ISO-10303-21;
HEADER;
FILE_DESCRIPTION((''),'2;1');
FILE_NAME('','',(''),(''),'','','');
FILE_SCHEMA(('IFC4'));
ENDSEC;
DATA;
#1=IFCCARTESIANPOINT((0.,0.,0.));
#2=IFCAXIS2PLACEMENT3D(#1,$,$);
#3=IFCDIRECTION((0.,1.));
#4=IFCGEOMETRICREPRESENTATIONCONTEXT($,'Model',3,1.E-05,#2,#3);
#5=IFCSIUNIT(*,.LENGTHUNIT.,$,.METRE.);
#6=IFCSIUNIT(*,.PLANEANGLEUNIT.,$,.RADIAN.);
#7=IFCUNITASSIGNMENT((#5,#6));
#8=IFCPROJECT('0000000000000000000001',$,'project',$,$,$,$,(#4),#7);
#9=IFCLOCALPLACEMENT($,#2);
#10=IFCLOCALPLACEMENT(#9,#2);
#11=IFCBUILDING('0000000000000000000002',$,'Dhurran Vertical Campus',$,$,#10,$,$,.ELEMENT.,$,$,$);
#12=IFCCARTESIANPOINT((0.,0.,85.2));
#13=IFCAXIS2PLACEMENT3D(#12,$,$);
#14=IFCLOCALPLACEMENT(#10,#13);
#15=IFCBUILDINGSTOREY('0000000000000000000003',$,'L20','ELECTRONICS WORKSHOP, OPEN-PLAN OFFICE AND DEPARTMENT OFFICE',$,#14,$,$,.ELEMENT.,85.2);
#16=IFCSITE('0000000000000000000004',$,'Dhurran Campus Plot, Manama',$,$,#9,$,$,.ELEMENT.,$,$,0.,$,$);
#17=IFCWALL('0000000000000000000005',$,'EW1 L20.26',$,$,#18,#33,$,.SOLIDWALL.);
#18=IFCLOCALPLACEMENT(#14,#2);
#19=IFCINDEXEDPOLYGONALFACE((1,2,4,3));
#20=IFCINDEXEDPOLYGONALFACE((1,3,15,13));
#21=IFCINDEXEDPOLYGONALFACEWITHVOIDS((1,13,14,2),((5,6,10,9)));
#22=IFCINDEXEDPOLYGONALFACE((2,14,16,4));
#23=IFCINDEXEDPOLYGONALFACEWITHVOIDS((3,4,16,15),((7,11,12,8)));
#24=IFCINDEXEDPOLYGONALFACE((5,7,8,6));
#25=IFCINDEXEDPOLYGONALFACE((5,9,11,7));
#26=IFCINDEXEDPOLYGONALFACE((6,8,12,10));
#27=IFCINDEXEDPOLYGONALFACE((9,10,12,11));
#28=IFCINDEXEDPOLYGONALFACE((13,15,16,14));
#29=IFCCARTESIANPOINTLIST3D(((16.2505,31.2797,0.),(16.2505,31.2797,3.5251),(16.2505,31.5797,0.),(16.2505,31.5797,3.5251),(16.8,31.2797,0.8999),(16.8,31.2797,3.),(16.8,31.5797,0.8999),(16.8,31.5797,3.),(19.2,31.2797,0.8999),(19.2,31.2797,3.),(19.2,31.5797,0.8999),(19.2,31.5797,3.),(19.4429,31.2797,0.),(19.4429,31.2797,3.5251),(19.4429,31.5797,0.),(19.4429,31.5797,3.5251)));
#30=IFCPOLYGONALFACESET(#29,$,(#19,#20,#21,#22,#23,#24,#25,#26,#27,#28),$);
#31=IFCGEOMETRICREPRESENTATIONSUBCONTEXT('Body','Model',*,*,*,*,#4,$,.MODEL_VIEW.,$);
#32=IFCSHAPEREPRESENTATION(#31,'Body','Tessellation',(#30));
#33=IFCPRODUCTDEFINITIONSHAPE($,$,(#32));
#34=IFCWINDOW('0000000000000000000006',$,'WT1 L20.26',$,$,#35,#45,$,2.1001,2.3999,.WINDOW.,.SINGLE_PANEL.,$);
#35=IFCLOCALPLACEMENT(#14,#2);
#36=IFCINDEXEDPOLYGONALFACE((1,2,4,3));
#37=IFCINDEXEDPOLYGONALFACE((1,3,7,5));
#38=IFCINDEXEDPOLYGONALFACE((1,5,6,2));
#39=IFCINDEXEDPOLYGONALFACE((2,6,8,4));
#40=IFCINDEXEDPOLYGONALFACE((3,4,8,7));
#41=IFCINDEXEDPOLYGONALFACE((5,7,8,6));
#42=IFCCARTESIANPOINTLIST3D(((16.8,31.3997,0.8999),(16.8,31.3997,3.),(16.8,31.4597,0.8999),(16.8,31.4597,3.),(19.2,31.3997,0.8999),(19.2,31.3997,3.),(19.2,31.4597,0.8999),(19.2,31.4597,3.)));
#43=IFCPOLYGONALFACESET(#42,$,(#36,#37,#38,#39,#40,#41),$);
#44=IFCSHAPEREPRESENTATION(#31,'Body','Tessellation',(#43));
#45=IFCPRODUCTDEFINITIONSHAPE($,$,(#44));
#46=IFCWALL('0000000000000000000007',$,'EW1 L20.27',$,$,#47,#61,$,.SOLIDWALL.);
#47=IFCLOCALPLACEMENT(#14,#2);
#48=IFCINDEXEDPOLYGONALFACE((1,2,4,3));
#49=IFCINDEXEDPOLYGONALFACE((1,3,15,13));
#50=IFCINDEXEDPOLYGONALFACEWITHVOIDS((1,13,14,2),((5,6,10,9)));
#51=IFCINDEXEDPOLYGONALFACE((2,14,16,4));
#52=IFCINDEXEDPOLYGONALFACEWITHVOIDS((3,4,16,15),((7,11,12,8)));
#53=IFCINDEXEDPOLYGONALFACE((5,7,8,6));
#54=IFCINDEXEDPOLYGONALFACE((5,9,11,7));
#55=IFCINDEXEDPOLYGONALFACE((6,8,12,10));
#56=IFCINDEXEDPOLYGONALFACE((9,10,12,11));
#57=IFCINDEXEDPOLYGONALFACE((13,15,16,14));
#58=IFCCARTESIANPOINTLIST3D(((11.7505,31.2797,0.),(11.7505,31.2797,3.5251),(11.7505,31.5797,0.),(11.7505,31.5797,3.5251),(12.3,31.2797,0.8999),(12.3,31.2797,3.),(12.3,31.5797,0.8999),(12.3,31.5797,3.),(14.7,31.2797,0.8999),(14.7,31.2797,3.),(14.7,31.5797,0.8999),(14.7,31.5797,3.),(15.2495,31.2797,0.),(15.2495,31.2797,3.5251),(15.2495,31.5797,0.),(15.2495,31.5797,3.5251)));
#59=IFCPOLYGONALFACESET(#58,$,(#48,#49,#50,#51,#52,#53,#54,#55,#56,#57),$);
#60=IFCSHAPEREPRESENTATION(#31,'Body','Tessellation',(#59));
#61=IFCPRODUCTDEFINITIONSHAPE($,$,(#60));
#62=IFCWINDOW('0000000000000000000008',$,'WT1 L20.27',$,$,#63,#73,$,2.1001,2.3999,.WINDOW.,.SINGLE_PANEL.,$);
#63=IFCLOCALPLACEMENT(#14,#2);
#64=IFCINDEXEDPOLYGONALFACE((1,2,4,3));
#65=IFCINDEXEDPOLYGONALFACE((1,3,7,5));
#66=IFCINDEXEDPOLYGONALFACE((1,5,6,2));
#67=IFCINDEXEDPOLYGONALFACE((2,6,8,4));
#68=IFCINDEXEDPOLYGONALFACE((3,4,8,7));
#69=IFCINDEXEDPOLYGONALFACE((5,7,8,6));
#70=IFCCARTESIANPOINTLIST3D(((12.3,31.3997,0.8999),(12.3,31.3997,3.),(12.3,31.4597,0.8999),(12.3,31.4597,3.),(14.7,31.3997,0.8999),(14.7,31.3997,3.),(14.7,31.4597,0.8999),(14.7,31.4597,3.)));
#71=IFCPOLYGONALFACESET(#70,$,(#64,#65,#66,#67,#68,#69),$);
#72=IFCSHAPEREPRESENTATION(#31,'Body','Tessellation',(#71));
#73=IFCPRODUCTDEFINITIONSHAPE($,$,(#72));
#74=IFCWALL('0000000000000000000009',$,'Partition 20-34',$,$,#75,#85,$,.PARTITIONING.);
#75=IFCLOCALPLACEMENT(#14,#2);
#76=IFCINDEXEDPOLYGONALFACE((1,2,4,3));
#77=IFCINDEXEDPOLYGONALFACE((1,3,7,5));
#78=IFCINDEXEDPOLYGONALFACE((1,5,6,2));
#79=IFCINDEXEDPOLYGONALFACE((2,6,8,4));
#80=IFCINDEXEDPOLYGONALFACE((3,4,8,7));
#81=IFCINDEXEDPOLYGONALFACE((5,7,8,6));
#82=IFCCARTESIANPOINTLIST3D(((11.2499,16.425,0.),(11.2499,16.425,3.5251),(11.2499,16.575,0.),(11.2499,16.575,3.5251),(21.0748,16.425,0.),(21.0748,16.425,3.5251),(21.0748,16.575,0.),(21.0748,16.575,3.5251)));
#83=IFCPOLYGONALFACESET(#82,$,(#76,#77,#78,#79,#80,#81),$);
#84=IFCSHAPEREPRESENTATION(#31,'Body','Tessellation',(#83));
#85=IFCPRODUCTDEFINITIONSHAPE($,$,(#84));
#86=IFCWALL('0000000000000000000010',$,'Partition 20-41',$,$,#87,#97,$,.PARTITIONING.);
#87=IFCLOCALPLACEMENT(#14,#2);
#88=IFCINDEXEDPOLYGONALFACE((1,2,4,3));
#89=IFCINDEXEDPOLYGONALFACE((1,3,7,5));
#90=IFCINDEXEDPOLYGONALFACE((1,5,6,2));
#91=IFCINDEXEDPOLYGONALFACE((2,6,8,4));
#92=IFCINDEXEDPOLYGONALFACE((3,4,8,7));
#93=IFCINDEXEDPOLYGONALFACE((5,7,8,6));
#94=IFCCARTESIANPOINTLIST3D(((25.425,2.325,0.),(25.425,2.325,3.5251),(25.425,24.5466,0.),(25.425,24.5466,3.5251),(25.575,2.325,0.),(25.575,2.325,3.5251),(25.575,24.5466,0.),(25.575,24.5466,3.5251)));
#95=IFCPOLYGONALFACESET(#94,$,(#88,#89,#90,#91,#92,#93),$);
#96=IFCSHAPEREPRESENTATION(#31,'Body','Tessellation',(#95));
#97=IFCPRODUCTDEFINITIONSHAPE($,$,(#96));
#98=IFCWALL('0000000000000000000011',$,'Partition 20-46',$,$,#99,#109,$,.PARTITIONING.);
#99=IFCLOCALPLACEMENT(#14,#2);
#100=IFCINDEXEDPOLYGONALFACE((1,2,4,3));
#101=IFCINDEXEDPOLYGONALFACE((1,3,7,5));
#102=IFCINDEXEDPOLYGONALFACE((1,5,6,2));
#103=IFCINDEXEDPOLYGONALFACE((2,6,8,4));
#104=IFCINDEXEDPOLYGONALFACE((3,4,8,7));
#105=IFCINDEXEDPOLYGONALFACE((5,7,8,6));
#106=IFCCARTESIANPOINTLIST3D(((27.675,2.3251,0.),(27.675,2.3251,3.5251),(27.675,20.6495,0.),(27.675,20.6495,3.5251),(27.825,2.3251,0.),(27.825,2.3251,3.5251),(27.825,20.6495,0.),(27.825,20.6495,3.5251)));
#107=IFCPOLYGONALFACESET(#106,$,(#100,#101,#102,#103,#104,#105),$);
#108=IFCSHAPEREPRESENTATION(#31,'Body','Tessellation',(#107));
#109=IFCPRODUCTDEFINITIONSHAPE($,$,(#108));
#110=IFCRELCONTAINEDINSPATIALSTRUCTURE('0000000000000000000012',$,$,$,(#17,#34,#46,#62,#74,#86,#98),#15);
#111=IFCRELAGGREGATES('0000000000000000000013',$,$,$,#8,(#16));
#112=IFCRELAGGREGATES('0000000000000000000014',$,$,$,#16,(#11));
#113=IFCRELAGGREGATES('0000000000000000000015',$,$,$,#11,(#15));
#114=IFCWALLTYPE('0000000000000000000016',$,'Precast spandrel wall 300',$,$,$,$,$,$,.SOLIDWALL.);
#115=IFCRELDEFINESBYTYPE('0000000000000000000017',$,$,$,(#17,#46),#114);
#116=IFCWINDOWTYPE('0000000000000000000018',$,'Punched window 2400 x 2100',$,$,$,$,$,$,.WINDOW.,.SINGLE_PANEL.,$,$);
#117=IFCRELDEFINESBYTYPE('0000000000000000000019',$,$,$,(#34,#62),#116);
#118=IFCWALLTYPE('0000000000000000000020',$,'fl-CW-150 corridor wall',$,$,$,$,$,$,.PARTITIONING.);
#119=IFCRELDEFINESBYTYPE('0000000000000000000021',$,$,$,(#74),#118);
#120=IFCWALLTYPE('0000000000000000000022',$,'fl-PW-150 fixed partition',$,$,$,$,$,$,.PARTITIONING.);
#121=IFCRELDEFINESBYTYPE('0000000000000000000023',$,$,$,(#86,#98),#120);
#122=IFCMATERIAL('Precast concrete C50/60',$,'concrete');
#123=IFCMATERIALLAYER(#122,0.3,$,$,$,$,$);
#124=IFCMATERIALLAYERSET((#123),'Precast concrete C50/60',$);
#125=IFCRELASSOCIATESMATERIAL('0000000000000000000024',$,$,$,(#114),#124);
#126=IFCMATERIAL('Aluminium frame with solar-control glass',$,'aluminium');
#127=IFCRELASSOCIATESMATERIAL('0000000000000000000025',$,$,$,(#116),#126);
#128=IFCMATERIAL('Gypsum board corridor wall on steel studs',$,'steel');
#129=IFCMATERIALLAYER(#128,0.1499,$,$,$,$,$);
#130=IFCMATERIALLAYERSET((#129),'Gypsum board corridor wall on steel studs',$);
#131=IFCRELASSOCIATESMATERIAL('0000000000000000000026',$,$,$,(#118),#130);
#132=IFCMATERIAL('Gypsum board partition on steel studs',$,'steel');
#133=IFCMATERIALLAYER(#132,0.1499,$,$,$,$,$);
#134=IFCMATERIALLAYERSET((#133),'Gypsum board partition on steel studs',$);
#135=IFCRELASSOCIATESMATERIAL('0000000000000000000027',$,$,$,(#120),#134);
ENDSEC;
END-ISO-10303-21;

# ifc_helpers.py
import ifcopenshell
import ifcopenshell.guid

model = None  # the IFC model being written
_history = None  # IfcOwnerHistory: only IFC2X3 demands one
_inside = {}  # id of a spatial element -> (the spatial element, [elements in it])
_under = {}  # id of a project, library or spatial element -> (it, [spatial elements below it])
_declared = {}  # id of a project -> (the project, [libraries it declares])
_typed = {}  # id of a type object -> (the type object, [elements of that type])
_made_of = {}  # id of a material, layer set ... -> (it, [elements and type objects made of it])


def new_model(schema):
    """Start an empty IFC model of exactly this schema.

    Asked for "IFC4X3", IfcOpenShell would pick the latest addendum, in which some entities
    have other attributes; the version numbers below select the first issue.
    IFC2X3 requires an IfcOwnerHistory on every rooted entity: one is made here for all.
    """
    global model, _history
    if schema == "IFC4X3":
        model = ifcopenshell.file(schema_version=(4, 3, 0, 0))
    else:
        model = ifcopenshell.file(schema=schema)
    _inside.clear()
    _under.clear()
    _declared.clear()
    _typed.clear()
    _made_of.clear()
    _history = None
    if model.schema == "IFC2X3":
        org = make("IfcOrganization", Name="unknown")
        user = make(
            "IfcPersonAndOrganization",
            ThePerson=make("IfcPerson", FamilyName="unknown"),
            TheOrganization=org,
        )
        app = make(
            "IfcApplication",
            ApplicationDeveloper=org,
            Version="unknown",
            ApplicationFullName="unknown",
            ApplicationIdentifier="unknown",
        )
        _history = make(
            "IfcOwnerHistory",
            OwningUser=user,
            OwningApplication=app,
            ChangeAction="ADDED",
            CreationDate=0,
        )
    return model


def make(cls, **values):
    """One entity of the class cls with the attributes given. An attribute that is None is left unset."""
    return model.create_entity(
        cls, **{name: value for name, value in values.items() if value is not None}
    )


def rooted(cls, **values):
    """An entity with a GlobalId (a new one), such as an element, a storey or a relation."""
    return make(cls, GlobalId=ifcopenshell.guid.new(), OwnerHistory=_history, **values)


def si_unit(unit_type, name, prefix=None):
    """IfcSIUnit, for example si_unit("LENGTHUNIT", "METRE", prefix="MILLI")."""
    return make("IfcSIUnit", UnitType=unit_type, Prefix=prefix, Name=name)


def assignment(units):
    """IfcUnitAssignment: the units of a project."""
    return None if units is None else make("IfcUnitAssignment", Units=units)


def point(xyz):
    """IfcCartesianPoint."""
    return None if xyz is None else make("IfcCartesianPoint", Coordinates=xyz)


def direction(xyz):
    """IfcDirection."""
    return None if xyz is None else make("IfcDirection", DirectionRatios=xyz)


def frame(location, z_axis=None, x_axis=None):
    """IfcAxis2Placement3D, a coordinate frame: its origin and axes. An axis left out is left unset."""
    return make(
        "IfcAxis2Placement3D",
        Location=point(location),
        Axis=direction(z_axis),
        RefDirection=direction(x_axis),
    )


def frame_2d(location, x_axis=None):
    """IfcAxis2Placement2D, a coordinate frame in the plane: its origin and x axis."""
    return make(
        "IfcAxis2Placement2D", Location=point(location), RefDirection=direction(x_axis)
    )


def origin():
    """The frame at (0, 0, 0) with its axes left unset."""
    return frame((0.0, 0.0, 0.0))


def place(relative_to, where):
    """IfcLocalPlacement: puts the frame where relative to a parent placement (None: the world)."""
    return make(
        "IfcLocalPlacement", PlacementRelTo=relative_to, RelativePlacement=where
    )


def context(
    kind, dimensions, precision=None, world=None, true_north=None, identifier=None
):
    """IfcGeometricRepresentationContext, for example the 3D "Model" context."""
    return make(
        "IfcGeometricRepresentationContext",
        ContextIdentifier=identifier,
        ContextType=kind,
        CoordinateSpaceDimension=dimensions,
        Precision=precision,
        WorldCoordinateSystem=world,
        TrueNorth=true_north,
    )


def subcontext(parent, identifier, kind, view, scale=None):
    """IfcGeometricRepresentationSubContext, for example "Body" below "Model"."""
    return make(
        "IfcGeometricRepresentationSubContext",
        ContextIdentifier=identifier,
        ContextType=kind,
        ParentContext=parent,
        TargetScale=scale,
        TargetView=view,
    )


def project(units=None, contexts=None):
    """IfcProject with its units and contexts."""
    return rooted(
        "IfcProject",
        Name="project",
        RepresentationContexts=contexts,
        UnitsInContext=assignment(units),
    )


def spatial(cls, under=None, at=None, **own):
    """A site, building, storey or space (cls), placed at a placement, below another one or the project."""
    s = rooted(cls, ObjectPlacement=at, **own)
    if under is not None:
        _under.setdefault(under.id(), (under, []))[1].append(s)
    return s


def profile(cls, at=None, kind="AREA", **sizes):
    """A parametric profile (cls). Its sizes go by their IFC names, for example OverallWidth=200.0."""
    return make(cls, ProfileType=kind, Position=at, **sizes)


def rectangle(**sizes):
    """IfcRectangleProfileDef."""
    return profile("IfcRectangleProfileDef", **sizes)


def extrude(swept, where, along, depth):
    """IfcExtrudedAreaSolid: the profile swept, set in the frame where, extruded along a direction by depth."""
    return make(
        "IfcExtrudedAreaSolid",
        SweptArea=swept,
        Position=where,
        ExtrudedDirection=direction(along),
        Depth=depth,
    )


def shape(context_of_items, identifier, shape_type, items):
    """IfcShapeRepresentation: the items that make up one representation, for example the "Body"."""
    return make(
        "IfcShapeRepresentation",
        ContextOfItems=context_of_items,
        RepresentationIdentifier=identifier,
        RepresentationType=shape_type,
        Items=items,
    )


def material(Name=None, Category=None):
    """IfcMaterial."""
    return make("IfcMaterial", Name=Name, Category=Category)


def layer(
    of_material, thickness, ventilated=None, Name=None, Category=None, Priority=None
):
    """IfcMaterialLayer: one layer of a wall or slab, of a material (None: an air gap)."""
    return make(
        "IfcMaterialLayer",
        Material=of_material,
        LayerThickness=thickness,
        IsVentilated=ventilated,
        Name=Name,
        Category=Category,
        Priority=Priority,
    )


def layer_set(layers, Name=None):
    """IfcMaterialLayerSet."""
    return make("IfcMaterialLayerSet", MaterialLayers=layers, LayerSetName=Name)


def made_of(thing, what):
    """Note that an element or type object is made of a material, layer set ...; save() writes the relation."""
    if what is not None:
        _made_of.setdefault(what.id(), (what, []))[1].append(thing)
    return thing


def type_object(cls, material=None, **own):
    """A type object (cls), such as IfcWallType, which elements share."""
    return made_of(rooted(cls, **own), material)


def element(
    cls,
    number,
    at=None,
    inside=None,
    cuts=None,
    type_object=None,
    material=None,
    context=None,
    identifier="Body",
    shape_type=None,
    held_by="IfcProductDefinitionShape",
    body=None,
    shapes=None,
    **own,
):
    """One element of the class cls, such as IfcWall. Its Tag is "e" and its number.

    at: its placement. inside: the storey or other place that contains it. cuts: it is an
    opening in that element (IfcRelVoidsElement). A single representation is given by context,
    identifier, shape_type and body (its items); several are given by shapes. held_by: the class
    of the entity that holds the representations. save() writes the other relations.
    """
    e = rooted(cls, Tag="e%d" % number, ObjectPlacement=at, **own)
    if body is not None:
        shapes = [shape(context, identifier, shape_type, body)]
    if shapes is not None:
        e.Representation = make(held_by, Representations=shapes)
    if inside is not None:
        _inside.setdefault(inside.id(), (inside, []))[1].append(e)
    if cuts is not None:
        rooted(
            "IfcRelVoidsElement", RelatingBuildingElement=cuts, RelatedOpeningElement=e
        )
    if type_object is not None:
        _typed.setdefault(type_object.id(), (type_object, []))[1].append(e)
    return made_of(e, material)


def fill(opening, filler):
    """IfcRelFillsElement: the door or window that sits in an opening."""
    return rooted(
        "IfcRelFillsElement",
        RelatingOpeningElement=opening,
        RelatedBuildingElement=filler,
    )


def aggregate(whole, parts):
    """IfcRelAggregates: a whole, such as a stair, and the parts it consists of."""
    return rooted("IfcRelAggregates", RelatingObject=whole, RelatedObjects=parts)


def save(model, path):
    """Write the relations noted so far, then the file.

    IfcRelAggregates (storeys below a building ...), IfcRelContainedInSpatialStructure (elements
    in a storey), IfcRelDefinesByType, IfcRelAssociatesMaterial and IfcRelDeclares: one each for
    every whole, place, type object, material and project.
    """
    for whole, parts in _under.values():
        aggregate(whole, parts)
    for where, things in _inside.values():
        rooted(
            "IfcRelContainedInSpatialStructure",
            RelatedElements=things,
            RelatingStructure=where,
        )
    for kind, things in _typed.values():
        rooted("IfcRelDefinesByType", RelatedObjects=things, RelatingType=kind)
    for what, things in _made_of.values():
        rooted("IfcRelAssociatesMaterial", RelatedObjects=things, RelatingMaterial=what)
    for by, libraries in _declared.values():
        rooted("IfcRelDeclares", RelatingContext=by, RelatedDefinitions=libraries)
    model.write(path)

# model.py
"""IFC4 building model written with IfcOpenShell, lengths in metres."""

from ifc_helpers import new_model, si_unit, direction, frame, frame_2d, origin, place, context, subcontext, project, spatial, rectangle, extrude, material, layer, layer_set, type_object, element, fill, save


model = new_model("IFC4")

# Units and contexts
model_context = context("Model", 3, precision=1e-05, world=origin(), true_north=direction((0.0, 1.0)))
body_context = subcontext(model_context, "Body", "Model", "MODEL_VIEW")
ifc_project = project(units=[si_unit("LENGTHUNIT", "METRE"), si_unit("PLANEANGLEUNIT", "RADIAN")], contexts=[model_context])

# Site, building, storey
site_placement = place(None, origin())
site = spatial("IfcSite", under=ifc_project, at=site_placement, Name="Dhurran Campus Plot, Manama", CompositionType="ELEMENT", RefElevation=0.0)
building_placement = place(site_placement, origin())
building = spatial("IfcBuilding", under=site, at=building_placement, Name="Dhurran Vertical Campus", CompositionType="ELEMENT")
storey_placement = place(building_placement, frame((0.0, 0.0, 85.2)))
storey = spatial("IfcBuildingStorey", under=building, at=storey_placement, Name="L20", Description="ELECTRONICS WORKSHOP, OPEN-PLAN OFFICE AND DEPARTMENT OFFICE", CompositionType="ELEMENT", Elevation=85.2)

# Walls, openings, windows
ifc_material_1 = material(Name="Precast concrete C50/60", Category="concrete")
ifc_layer_1 = layer(ifc_material_1, 0.3)
ifc_layer_set_1 = layer_set([ifc_layer_1], Name="Precast concrete C50/60")
wall_type_1 = type_object("IfcWallType", Name="Precast spandrel wall 300", PredefinedType="SOLIDWALL", material=ifc_layer_set_1)
ifc_material_2 = material(Name="Aluminium frame with solar-control glass", Category="aluminium")
window_type = type_object("IfcWindowType", Name="Punched window 2400 x 2100", PartitioningType="SINGLE_PANEL", PredefinedType="WINDOW", material=ifc_material_2)
wall_1_placement = place(storey_placement, frame((19.4429, 31.4297, 0.0), z_axis=(0.0, 0.0, 1.0), x_axis=(-1.0, 0.0, 0.0)))
wall_1 = element("IfcWall", 1, at=wall_1_placement, inside=storey, type_object=wall_type_1, Name="EW1 L20.26", PredefinedType="SOLIDWALL", context=body_context, shape_type="SweptSolid", body=[
    extrude(rectangle(XDim=3.1924, YDim=0.3, at=frame_2d((1.5962, 0.0))), origin(), (0.0, 0.0, 1.0), 3.5251),
])
opening_1_placement = place(wall_1_placement, frame((0.2429, 0.0, 0.8999)))
opening_1 = element("IfcOpeningElement", 2, at=opening_1_placement, cuts=wall_1, PredefinedType="OPENING", context=body_context, shape_type="SweptSolid", body=[
    extrude(rectangle(XDim=2.3999, YDim=2.1001, at=frame_2d((1.2, 1.05))), frame((0.0, 0.1599, 0.0), z_axis=(0.0, -1.0, 0.0), x_axis=(1.0, 0.0, 0.0)), (0.0, 0.0, 1.0), 0.3201),
])
window_1_placement = place(opening_1_placement, origin())
window_1 = element("IfcWindow", 3, at=window_1_placement, inside=storey, type_object=window_type, Name="WT1 L20.26", OverallHeight=2.1001, OverallWidth=2.3999, PartitioningType="SINGLE_PANEL", PredefinedType="WINDOW", context=body_context, shape_type="SweptSolid", body=[
    extrude(rectangle(XDim=2.3999, YDim=2.1001, at=frame_2d((1.2, 1.05))), frame((0.0, 0.03, 0.0), z_axis=(0.0, -1.0, 0.0), x_axis=(1.0, 0.0, 0.0)), (0.0, 0.0, 1.0), 0.0601),
])
fill(opening_1, window_1)
wall_2_placement = place(storey_placement, frame((15.2495, 31.4297, 0.0), z_axis=(0.0, 0.0, 1.0), x_axis=(-1.0, 0.0, 0.0)))
wall_2 = element("IfcWall", 4, at=wall_2_placement, inside=storey, type_object=wall_type_1, Name="EW1 L20.27", PredefinedType="SOLIDWALL", context=body_context, shape_type="SweptSolid", body=[
    extrude(rectangle(XDim=3.499, YDim=0.3, at=frame_2d((1.7495, 0.0))), origin(), (0.0, 0.0, 1.0), 3.5251),
])
opening_2_placement = place(wall_2_placement, frame((0.5496, 0.0, 0.8999)))
opening_2 = element("IfcOpeningElement", 5, at=opening_2_placement, cuts=wall_2, PredefinedType="OPENING", context=body_context, shape_type="SweptSolid", body=[
    extrude(rectangle(XDim=2.3999, YDim=2.1001, at=frame_2d((1.2, 1.05))), frame((0.0, 0.1599, 0.0), z_axis=(0.0, -1.0, 0.0), x_axis=(1.0, 0.0, 0.0)), (0.0, 0.0, 1.0), 0.3201),
])
window_2_placement = place(opening_2_placement, origin())
window_2 = element("IfcWindow", 6, at=window_2_placement, inside=storey, type_object=window_type, Name="WT1 L20.27", OverallHeight=2.1001, OverallWidth=2.3999, PartitioningType="SINGLE_PANEL", PredefinedType="WINDOW", context=body_context, shape_type="SweptSolid", body=[
    extrude(rectangle(XDim=2.3999, YDim=2.1001, at=frame_2d((1.2, 1.05))), frame((0.0, 0.03, 0.0), z_axis=(0.0, -1.0, 0.0), x_axis=(1.0, 0.0, 0.0)), (0.0, 0.0, 1.0), 0.0601),
])
fill(opening_2, window_2)

# Walls
ifc_material_3 = material(Name="Gypsum board corridor wall on steel studs", Category="steel")
ifc_layer_2 = layer(ifc_material_3, 0.1499)
ifc_layer_set_2 = layer_set([ifc_layer_2], Name="Gypsum board corridor wall on steel studs")
wall_type_2 = type_object("IfcWallType", Name="fl-CW-150 corridor wall", PredefinedType="PARTITIONING", material=ifc_layer_set_2)
wall_3_placement = place(storey_placement, frame((21.075, 16.5, 0.0), z_axis=(0.0, 0.0, 1.0), x_axis=(-1.0, 0.0, 0.0)))
element("IfcWall", 7, at=wall_3_placement, inside=storey, type_object=wall_type_2, Name="Partition 20-34", PredefinedType="PARTITIONING", context=body_context, shape_type="SweptSolid", body=[
    extrude(rectangle(XDim=9.825, YDim=0.1499, at=frame_2d((4.9126, 0.0))), origin(), (0.0, 0.0, 1.0), 3.5251),
])
ifc_material_4 = material(Name="Gypsum board partition on steel studs", Category="steel")
ifc_layer_3 = layer(ifc_material_4, 0.1499)
ifc_layer_set_3 = layer_set([ifc_layer_3], Name="Gypsum board partition on steel studs")
wall_type_3 = type_object("IfcWallType", Name="fl-PW-150 fixed partition", PredefinedType="PARTITIONING", material=ifc_layer_set_3)
wall_4_placement = place(storey_placement, frame((25.5, 24.5466, 0.0), z_axis=(0.0, 0.0, 1.0), x_axis=(0.0, -1.0, 0.0)))
element("IfcWall", 8, at=wall_4_placement, inside=storey, type_object=wall_type_3, Name="Partition 20-41", PredefinedType="PARTITIONING", context=body_context, shape_type="SweptSolid", body=[
    extrude(rectangle(XDim=22.2217, YDim=0.1499, at=frame_2d((11.1108, 0.0))), origin(), (0.0, 0.0, 1.0), 3.5251),
])
wall_5_placement = place(storey_placement, frame((27.75, 20.6494, 0.0), z_axis=(0.0, 0.0, 1.0), x_axis=(0.0, -1.0, 0.0)))
element("IfcWall", 9, at=wall_5_placement, inside=storey, type_object=wall_type_3, Name="Partition 20-46", PredefinedType="PARTITIONING", context=body_context, shape_type="SweptSolid", body=[
    extrude(rectangle(XDim=18.3245, YDim=0.1499, at=frame_2d((9.1621, 0.0))), origin(), (0.0, 0.0, 1.0), 3.5251),
])

save(model, "model.ifc")
